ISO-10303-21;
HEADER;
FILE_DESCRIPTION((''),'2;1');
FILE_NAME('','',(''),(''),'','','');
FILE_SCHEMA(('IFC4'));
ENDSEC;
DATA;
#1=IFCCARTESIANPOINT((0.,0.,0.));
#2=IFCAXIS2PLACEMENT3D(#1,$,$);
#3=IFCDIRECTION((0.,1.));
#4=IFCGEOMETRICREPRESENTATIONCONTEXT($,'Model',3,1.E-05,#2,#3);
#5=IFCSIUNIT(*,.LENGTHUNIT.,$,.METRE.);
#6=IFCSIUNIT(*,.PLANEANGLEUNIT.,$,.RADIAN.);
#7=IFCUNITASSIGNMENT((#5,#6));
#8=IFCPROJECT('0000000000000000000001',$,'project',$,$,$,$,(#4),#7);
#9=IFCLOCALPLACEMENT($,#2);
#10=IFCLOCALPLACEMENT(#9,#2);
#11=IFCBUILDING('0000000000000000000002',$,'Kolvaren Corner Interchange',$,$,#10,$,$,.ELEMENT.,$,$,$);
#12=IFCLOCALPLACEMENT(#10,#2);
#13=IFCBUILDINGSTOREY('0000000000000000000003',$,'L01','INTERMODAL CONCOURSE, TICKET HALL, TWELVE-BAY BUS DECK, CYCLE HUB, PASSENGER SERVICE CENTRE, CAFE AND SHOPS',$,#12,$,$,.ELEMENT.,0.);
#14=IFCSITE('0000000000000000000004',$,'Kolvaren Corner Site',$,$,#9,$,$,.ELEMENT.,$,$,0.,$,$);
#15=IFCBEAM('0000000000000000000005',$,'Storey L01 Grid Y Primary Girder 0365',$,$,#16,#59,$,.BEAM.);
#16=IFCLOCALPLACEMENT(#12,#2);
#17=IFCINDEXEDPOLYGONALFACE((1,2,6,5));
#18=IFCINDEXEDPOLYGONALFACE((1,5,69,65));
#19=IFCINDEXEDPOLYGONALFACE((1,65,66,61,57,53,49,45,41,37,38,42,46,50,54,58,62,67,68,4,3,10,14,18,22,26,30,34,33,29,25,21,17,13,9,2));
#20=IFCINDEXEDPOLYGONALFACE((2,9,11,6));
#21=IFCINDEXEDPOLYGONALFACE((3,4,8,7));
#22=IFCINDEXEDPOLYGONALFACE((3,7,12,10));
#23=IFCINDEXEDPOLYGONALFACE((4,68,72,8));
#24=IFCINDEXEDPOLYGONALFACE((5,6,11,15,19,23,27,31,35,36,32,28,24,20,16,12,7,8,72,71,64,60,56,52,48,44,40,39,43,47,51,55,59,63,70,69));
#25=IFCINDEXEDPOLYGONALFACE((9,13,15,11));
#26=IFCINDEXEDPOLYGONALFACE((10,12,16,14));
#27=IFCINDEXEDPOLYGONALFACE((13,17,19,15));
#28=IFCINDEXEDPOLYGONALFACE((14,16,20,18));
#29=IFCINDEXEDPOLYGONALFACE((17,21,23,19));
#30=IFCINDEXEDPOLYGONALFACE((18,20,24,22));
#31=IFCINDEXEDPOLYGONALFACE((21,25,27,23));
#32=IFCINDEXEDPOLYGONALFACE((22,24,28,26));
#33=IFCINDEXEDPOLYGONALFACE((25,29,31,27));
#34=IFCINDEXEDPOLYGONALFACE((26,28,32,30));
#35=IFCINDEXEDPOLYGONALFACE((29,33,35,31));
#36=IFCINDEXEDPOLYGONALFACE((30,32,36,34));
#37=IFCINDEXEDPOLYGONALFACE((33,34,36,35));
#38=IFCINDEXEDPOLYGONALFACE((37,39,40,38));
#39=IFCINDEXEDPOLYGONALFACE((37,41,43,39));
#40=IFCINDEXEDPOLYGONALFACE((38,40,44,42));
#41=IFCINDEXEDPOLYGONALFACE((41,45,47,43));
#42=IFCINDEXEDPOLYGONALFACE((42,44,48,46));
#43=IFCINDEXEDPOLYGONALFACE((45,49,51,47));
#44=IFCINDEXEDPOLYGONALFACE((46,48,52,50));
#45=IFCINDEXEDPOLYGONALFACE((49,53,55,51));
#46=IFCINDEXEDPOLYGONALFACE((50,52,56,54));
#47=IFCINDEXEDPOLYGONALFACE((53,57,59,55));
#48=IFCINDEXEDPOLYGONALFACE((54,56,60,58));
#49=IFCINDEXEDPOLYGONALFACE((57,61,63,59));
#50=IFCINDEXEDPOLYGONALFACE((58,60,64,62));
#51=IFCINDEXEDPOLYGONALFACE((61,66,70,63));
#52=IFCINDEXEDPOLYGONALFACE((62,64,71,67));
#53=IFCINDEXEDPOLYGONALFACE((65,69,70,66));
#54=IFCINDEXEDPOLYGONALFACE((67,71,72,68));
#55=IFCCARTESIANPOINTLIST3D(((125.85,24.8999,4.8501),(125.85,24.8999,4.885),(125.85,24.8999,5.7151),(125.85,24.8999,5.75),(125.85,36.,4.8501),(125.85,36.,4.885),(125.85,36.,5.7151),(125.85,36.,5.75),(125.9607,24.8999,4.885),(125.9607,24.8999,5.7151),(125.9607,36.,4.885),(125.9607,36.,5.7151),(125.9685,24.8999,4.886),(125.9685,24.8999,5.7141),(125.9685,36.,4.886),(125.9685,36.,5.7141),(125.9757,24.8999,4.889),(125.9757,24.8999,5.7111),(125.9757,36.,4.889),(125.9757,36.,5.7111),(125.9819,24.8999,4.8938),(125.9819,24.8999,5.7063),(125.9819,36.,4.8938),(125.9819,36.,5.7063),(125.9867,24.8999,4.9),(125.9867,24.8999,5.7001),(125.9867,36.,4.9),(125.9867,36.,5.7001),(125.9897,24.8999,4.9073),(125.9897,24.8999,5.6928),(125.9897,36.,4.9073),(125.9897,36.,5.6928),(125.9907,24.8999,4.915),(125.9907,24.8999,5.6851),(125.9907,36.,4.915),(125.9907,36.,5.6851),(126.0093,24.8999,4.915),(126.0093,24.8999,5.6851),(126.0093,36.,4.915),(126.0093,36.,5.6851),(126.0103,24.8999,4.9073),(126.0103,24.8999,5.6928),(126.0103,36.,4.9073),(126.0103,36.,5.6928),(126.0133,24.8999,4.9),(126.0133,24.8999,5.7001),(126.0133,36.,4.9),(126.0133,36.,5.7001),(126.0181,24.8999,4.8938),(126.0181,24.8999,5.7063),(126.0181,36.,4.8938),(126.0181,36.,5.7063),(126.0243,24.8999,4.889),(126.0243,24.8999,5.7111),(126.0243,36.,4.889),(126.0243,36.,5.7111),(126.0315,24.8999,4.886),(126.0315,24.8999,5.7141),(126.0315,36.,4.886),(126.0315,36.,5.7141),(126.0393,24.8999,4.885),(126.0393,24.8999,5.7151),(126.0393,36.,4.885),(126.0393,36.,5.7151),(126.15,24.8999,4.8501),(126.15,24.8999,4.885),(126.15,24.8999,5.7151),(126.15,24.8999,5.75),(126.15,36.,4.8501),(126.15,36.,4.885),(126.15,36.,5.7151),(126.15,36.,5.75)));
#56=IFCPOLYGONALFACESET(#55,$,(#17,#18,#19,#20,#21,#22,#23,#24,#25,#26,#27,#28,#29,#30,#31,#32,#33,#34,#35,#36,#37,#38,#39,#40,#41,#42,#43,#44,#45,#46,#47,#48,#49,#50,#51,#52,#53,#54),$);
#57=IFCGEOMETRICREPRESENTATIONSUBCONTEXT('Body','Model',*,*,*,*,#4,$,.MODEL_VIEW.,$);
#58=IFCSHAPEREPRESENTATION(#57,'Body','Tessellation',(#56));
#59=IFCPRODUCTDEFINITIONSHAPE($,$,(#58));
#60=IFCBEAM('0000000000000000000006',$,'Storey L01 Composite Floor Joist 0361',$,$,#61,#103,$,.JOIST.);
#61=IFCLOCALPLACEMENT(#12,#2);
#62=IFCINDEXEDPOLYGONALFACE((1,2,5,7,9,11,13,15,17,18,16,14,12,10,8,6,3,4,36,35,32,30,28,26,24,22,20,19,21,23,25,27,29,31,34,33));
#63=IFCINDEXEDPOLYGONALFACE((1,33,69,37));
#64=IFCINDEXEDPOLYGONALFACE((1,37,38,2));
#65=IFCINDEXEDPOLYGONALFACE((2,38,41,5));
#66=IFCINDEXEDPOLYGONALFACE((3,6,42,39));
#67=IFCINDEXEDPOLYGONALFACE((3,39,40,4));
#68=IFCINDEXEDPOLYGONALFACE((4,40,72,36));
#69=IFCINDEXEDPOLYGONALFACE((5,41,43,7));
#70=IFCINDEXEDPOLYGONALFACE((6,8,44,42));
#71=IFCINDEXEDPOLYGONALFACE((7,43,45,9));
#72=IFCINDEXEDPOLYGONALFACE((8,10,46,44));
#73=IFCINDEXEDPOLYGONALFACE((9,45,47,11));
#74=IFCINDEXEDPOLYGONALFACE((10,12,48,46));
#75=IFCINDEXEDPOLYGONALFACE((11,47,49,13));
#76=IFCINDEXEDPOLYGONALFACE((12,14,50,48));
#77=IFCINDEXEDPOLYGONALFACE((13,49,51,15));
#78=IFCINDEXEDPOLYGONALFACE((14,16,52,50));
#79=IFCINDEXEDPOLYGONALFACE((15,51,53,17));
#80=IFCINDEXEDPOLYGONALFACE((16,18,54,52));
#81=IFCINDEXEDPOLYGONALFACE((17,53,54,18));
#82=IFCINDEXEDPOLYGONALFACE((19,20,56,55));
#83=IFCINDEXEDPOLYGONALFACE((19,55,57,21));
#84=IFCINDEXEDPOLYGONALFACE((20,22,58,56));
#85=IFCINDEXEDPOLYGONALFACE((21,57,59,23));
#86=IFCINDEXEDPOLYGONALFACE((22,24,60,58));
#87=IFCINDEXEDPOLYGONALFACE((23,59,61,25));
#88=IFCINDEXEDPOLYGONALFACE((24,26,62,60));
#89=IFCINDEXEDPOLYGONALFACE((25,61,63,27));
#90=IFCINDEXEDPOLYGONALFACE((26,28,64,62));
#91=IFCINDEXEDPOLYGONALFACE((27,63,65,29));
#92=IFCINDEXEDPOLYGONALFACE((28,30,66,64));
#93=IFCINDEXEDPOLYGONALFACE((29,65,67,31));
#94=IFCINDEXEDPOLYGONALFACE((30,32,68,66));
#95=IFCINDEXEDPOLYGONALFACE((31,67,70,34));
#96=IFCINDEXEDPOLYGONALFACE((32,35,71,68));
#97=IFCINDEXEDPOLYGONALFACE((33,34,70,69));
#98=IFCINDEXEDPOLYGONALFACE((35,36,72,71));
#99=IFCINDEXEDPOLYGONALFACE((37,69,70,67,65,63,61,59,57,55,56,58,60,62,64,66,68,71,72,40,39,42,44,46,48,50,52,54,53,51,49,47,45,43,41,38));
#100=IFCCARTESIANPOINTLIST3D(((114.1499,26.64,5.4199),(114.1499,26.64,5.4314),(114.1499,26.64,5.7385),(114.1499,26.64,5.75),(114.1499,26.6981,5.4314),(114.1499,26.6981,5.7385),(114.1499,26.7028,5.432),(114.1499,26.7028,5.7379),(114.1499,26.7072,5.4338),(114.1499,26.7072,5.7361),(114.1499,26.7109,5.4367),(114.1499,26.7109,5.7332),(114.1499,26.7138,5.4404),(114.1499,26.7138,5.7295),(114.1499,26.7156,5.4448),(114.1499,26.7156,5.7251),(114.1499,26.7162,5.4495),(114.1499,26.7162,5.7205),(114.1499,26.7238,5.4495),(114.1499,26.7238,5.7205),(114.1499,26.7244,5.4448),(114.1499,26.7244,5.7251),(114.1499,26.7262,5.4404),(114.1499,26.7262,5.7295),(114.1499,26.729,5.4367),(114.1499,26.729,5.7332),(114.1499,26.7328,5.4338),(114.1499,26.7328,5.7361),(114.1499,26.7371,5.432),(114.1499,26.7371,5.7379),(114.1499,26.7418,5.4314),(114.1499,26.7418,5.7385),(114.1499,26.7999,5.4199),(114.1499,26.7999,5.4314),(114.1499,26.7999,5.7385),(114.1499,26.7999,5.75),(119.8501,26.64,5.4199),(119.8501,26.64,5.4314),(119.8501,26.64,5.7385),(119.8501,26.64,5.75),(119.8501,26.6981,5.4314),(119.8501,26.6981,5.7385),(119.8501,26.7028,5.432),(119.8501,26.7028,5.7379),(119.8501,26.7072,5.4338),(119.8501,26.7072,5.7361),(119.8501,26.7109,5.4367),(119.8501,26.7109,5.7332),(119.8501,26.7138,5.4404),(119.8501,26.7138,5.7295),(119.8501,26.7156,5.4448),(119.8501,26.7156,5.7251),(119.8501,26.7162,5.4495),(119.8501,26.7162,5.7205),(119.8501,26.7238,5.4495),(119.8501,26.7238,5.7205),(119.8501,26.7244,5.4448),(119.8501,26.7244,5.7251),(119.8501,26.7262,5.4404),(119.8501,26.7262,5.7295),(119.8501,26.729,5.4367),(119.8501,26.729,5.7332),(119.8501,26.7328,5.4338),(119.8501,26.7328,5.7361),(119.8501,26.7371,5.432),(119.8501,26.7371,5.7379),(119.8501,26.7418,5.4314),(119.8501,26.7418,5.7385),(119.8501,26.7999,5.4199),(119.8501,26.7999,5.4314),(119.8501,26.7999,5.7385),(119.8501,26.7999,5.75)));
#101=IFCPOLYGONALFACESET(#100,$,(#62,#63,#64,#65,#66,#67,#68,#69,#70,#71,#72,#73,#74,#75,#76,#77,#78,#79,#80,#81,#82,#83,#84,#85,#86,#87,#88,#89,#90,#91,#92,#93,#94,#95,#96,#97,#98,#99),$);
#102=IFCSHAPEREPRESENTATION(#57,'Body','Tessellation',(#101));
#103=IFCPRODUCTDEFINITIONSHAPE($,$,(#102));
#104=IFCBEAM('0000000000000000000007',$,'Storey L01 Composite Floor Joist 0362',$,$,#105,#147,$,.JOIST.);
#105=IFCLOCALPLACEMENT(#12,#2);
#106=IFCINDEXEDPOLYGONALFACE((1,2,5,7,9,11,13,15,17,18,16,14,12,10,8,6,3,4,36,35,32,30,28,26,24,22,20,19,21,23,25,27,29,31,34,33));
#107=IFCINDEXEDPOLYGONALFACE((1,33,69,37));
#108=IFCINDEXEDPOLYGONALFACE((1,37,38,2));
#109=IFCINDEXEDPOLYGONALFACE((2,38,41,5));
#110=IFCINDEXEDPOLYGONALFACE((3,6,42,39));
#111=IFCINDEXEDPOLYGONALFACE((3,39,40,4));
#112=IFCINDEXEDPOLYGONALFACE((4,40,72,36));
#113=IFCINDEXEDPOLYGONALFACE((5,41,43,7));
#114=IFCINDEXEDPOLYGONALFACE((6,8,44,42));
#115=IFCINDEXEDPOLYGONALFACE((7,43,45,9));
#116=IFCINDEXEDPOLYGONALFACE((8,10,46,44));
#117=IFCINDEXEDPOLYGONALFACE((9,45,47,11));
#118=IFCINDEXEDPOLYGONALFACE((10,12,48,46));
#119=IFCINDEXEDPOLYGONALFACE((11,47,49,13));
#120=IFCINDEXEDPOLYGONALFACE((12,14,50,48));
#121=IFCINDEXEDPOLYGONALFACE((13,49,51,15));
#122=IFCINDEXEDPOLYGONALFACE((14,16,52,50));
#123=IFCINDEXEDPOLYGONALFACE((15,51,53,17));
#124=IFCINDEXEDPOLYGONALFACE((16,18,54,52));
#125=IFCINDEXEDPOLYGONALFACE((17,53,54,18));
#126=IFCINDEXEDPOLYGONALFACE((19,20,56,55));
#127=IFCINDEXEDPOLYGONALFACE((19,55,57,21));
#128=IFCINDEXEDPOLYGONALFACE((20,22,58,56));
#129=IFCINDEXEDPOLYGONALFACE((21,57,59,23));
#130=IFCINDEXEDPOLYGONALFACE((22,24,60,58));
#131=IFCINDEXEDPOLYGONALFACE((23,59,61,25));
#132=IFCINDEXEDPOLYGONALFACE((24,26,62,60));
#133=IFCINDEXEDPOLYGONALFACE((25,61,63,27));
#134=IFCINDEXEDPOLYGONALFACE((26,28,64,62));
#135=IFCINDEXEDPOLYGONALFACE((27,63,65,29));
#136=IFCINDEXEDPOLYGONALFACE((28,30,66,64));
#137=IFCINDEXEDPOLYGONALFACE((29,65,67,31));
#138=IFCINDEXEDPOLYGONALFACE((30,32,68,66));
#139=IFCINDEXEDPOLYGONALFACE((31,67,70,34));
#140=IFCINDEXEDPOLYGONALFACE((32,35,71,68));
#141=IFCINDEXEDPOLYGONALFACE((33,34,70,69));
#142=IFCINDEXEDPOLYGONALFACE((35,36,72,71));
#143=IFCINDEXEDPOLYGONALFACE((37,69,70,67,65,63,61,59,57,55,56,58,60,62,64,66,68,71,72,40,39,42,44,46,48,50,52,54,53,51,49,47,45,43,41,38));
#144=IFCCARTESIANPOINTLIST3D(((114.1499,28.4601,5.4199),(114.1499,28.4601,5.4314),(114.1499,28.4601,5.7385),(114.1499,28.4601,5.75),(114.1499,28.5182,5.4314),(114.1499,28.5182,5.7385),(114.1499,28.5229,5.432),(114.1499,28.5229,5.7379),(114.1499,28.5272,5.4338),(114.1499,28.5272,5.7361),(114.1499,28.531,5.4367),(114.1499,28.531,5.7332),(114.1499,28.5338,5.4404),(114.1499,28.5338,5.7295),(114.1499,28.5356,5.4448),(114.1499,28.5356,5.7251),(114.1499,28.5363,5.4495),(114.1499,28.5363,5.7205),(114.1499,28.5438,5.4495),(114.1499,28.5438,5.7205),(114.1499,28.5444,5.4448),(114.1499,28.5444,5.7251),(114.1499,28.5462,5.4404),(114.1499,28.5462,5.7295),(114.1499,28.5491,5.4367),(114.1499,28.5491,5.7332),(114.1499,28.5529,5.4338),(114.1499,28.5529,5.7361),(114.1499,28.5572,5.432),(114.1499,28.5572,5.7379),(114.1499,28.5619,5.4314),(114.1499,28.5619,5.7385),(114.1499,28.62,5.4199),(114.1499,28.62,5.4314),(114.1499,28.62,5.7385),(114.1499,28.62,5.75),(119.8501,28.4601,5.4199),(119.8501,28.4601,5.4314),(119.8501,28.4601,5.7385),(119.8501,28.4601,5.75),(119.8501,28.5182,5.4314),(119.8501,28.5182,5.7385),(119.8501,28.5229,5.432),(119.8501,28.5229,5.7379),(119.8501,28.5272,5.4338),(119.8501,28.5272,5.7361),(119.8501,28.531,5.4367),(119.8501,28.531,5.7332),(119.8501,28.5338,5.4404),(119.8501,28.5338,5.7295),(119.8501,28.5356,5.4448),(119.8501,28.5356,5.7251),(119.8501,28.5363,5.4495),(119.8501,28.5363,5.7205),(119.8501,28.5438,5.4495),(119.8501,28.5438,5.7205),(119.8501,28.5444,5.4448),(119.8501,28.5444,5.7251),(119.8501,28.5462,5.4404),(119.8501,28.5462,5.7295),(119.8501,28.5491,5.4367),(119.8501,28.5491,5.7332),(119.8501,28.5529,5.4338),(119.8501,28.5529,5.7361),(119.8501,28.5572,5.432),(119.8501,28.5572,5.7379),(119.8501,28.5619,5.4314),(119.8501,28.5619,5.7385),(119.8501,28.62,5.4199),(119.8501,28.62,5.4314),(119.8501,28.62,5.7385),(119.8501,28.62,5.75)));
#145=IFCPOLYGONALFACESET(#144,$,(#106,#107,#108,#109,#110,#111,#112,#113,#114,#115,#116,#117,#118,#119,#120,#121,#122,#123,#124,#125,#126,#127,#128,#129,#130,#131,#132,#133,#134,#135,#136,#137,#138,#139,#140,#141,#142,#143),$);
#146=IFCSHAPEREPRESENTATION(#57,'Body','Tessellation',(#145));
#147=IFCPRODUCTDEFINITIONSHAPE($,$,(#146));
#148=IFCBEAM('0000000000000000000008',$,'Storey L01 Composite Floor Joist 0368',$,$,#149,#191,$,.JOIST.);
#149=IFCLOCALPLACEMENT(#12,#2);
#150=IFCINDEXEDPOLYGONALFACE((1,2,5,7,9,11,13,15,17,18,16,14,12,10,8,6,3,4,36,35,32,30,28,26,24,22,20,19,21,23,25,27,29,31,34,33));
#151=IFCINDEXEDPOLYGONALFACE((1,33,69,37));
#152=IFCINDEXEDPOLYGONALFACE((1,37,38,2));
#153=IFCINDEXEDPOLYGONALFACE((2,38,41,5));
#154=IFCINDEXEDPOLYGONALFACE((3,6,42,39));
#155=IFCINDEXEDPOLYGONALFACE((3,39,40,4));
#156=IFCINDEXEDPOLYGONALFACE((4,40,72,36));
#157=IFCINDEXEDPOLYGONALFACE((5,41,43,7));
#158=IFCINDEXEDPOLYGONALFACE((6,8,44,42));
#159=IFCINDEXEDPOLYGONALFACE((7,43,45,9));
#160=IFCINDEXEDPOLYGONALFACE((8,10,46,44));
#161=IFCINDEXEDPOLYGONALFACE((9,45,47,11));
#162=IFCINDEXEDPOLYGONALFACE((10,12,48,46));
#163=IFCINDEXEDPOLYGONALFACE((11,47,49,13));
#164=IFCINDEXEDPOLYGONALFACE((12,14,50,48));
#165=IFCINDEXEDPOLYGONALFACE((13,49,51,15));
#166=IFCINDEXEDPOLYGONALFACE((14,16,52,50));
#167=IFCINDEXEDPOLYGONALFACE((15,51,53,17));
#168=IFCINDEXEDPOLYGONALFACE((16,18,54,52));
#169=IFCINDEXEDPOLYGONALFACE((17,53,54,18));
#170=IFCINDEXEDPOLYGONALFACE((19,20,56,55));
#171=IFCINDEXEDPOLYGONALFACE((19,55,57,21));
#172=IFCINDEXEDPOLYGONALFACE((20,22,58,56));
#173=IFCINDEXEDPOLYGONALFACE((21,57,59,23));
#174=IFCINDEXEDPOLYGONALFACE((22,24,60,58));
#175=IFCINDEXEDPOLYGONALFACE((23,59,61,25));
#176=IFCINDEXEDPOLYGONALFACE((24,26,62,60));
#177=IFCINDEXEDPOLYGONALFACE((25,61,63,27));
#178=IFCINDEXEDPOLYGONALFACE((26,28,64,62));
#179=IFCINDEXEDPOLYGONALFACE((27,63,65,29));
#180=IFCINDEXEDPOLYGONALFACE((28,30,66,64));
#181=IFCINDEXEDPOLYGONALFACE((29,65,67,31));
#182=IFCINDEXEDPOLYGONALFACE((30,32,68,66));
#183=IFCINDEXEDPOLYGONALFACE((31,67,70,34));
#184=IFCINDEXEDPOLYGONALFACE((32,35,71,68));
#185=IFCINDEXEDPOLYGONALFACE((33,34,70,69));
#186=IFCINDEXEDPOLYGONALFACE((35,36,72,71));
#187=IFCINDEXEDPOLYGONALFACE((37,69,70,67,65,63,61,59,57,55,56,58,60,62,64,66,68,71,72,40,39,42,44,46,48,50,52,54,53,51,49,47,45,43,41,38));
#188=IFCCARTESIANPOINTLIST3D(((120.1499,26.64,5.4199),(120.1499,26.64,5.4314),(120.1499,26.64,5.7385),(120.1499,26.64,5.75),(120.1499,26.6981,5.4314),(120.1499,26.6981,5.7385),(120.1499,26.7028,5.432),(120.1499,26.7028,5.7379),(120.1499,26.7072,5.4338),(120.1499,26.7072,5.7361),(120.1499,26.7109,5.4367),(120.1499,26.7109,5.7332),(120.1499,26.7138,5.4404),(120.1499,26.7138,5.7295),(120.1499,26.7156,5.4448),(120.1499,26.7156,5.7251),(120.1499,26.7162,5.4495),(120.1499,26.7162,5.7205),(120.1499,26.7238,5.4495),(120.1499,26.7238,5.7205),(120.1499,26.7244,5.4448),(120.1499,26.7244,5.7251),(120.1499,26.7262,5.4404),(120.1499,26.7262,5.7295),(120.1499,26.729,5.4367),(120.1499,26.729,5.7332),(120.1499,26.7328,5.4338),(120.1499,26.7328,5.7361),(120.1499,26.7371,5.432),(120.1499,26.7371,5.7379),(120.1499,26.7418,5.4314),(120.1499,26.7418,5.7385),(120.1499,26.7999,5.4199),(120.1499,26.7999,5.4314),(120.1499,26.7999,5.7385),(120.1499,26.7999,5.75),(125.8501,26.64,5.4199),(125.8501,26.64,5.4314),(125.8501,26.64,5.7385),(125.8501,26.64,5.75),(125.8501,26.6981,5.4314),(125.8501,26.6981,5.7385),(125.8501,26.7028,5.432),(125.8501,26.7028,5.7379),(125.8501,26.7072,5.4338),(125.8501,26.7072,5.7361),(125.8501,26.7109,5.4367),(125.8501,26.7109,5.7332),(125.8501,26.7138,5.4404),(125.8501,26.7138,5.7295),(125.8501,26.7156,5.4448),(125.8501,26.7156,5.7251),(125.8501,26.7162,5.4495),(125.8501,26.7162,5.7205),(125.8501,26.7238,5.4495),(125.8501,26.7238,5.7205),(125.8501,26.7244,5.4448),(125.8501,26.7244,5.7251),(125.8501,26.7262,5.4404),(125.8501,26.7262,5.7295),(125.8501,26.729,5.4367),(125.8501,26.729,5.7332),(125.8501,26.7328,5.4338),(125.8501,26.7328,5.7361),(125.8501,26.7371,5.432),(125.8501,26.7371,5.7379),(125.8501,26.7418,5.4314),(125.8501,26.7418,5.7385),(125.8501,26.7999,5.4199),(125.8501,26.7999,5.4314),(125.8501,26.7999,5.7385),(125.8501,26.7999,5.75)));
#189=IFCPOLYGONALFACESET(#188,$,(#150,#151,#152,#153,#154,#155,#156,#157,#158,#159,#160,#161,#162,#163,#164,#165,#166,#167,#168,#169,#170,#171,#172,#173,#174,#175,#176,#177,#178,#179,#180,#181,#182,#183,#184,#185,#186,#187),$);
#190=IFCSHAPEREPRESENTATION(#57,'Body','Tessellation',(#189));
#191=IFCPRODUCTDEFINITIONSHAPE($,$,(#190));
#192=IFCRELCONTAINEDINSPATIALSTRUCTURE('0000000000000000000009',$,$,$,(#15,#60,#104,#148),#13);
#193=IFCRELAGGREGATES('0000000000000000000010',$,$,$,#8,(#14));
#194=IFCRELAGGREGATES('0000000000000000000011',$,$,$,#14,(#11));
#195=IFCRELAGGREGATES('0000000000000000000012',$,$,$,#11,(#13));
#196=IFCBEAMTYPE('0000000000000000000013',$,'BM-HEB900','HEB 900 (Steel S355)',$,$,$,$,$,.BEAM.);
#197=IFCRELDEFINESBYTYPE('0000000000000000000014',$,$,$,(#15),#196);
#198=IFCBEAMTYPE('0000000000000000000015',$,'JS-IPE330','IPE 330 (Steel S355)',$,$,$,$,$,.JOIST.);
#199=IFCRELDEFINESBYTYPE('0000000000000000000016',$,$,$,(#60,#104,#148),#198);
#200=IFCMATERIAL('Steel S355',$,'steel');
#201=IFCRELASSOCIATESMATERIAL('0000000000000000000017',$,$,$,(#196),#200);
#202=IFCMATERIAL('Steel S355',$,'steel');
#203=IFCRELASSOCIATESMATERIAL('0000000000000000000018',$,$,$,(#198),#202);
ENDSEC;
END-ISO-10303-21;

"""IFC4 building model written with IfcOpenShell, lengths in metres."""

from ifc_helpers import new_model, si_unit, direction, frame, origin, origin_2d, place, context, subcontext, project, spatial, i_section, extrude, material, material_profile, profile_set, type_object, element, save


model = new_model("IFC4")

# Units and contexts
model_context = context("Model", 3, precision=1e-05, world=origin(), true_north=direction((0.0, 1.0)))
body_context = subcontext(model_context, "Body", "Model", "MODEL_VIEW")
ifc_project = project(units=[si_unit("LENGTHUNIT", "METRE"), si_unit("PLANEANGLEUNIT", "RADIAN")], contexts=[model_context])

# Site, building, storey
site_placement = place(None, origin())
site = spatial("IfcSite", under=ifc_project, at=site_placement, Name="Kolvaren Corner Site", CompositionType="ELEMENT", RefElevation=0.0)
building_placement = place(site_placement, origin())
building = spatial("IfcBuilding", under=site, at=building_placement, Name="Kolvaren Corner Interchange", CompositionType="ELEMENT")
storey_placement = place(building_placement, origin())
storey = spatial("IfcBuildingStorey", under=building, at=storey_placement, Name="L01", Description="INTERMODAL CONCOURSE, TICKET HALL, TWELVE-BAY BUS DECK, CYCLE HUB, PASSENGER SERVICE CENTRE, CAFE AND SHOPS", CompositionType="ELEMENT", Elevation=0.0)

# Beams
ifc_material_1 = material(Name="Steel S355", Category="steel")
ifc_material_profile_1 = material_profile(ifc_material_1, i_section(OverallWidth=0.3, OverallDepth=0.8999, WebThickness=0.0186, FlangeThickness=0.0349, FilletRadius=0.03, at=origin_2d()), Name="HEB 900")
ifc_profile_set_1 = profile_set([ifc_material_profile_1], Name="Steel S355")
beam_type_1 = type_object("IfcBeamType", Name="BM-HEB900", Description="HEB 900 (Steel S355)", PredefinedType="BEAM", material=ifc_profile_set_1)
beam_placement = place(storey_placement, frame((126.0, 24.8999, 5.3), z_axis=(0.0, 1.0, 0.0), x_axis=(-1.0, 0.0, 0.0)))
element("IfcBeam", 1, at=beam_placement, inside=storey, type_object=beam_type_1, Name="Storey L01 Grid Y Primary Girder 0365", PredefinedType="BEAM", context=body_context, shape_type="SweptSolid", body=[
    extrude(i_section(OverallWidth=0.3, OverallDepth=0.8999, WebThickness=0.0186, FlangeThickness=0.0349, FilletRadius=0.03, at=origin_2d()), origin(), (0.0, 0.0, 1.0), 11.1001),
])
ifc_material_2 = material(Name="Steel S355", Category="steel")
ifc_material_profile_2 = material_profile(ifc_material_2, i_section(OverallWidth=0.1599, OverallDepth=0.3301, WebThickness=0.0076, FlangeThickness=0.0115, FilletRadius=0.0181, at=origin_2d()), Name="IPE 330")
ifc_profile_set_2 = profile_set([ifc_material_profile_2], Name="Steel S355")
beam_type_2 = type_object("IfcBeamType", Name="JS-IPE330", Description="IPE 330 (Steel S355)", PredefinedType="JOIST", material=ifc_profile_set_2)
for number, where, z_axis, x_axis, name in (
    (2, (114.1499, 26.72, 5.585), (1.0, 0.0, 0.0), (0.0, 1.0, 0.0), "Storey L01 Composite Floor Joist 0361"),
    (3, (114.1499, 28.54, 5.585), (1.0, 0.0, 0.0), (0.0, 1.0, 0.0), "Storey L01 Composite Floor Joist 0362"),
    (4, (120.1499, 26.72, 5.585), (1.0, 0.0, 0.0), (0.0, 1.0, 0.0), "Storey L01 Composite Floor Joist 0368"),
):
    element("IfcBeam", number, at=place(storey_placement, frame(where, z_axis=z_axis, x_axis=x_axis)), inside=storey, type_object=beam_type_2, Name=name, PredefinedType="JOIST", context=body_context, shape_type="SweptSolid", body=[
        extrude(i_section(OverallWidth=0.1599, OverallDepth=0.3301, WebThickness=0.0076, FlangeThickness=0.0115, FilletRadius=0.0181, at=origin_2d()), origin(), (0.0, 0.0, 1.0), 5.7002),
    ])

save(model, "model.ifc")
